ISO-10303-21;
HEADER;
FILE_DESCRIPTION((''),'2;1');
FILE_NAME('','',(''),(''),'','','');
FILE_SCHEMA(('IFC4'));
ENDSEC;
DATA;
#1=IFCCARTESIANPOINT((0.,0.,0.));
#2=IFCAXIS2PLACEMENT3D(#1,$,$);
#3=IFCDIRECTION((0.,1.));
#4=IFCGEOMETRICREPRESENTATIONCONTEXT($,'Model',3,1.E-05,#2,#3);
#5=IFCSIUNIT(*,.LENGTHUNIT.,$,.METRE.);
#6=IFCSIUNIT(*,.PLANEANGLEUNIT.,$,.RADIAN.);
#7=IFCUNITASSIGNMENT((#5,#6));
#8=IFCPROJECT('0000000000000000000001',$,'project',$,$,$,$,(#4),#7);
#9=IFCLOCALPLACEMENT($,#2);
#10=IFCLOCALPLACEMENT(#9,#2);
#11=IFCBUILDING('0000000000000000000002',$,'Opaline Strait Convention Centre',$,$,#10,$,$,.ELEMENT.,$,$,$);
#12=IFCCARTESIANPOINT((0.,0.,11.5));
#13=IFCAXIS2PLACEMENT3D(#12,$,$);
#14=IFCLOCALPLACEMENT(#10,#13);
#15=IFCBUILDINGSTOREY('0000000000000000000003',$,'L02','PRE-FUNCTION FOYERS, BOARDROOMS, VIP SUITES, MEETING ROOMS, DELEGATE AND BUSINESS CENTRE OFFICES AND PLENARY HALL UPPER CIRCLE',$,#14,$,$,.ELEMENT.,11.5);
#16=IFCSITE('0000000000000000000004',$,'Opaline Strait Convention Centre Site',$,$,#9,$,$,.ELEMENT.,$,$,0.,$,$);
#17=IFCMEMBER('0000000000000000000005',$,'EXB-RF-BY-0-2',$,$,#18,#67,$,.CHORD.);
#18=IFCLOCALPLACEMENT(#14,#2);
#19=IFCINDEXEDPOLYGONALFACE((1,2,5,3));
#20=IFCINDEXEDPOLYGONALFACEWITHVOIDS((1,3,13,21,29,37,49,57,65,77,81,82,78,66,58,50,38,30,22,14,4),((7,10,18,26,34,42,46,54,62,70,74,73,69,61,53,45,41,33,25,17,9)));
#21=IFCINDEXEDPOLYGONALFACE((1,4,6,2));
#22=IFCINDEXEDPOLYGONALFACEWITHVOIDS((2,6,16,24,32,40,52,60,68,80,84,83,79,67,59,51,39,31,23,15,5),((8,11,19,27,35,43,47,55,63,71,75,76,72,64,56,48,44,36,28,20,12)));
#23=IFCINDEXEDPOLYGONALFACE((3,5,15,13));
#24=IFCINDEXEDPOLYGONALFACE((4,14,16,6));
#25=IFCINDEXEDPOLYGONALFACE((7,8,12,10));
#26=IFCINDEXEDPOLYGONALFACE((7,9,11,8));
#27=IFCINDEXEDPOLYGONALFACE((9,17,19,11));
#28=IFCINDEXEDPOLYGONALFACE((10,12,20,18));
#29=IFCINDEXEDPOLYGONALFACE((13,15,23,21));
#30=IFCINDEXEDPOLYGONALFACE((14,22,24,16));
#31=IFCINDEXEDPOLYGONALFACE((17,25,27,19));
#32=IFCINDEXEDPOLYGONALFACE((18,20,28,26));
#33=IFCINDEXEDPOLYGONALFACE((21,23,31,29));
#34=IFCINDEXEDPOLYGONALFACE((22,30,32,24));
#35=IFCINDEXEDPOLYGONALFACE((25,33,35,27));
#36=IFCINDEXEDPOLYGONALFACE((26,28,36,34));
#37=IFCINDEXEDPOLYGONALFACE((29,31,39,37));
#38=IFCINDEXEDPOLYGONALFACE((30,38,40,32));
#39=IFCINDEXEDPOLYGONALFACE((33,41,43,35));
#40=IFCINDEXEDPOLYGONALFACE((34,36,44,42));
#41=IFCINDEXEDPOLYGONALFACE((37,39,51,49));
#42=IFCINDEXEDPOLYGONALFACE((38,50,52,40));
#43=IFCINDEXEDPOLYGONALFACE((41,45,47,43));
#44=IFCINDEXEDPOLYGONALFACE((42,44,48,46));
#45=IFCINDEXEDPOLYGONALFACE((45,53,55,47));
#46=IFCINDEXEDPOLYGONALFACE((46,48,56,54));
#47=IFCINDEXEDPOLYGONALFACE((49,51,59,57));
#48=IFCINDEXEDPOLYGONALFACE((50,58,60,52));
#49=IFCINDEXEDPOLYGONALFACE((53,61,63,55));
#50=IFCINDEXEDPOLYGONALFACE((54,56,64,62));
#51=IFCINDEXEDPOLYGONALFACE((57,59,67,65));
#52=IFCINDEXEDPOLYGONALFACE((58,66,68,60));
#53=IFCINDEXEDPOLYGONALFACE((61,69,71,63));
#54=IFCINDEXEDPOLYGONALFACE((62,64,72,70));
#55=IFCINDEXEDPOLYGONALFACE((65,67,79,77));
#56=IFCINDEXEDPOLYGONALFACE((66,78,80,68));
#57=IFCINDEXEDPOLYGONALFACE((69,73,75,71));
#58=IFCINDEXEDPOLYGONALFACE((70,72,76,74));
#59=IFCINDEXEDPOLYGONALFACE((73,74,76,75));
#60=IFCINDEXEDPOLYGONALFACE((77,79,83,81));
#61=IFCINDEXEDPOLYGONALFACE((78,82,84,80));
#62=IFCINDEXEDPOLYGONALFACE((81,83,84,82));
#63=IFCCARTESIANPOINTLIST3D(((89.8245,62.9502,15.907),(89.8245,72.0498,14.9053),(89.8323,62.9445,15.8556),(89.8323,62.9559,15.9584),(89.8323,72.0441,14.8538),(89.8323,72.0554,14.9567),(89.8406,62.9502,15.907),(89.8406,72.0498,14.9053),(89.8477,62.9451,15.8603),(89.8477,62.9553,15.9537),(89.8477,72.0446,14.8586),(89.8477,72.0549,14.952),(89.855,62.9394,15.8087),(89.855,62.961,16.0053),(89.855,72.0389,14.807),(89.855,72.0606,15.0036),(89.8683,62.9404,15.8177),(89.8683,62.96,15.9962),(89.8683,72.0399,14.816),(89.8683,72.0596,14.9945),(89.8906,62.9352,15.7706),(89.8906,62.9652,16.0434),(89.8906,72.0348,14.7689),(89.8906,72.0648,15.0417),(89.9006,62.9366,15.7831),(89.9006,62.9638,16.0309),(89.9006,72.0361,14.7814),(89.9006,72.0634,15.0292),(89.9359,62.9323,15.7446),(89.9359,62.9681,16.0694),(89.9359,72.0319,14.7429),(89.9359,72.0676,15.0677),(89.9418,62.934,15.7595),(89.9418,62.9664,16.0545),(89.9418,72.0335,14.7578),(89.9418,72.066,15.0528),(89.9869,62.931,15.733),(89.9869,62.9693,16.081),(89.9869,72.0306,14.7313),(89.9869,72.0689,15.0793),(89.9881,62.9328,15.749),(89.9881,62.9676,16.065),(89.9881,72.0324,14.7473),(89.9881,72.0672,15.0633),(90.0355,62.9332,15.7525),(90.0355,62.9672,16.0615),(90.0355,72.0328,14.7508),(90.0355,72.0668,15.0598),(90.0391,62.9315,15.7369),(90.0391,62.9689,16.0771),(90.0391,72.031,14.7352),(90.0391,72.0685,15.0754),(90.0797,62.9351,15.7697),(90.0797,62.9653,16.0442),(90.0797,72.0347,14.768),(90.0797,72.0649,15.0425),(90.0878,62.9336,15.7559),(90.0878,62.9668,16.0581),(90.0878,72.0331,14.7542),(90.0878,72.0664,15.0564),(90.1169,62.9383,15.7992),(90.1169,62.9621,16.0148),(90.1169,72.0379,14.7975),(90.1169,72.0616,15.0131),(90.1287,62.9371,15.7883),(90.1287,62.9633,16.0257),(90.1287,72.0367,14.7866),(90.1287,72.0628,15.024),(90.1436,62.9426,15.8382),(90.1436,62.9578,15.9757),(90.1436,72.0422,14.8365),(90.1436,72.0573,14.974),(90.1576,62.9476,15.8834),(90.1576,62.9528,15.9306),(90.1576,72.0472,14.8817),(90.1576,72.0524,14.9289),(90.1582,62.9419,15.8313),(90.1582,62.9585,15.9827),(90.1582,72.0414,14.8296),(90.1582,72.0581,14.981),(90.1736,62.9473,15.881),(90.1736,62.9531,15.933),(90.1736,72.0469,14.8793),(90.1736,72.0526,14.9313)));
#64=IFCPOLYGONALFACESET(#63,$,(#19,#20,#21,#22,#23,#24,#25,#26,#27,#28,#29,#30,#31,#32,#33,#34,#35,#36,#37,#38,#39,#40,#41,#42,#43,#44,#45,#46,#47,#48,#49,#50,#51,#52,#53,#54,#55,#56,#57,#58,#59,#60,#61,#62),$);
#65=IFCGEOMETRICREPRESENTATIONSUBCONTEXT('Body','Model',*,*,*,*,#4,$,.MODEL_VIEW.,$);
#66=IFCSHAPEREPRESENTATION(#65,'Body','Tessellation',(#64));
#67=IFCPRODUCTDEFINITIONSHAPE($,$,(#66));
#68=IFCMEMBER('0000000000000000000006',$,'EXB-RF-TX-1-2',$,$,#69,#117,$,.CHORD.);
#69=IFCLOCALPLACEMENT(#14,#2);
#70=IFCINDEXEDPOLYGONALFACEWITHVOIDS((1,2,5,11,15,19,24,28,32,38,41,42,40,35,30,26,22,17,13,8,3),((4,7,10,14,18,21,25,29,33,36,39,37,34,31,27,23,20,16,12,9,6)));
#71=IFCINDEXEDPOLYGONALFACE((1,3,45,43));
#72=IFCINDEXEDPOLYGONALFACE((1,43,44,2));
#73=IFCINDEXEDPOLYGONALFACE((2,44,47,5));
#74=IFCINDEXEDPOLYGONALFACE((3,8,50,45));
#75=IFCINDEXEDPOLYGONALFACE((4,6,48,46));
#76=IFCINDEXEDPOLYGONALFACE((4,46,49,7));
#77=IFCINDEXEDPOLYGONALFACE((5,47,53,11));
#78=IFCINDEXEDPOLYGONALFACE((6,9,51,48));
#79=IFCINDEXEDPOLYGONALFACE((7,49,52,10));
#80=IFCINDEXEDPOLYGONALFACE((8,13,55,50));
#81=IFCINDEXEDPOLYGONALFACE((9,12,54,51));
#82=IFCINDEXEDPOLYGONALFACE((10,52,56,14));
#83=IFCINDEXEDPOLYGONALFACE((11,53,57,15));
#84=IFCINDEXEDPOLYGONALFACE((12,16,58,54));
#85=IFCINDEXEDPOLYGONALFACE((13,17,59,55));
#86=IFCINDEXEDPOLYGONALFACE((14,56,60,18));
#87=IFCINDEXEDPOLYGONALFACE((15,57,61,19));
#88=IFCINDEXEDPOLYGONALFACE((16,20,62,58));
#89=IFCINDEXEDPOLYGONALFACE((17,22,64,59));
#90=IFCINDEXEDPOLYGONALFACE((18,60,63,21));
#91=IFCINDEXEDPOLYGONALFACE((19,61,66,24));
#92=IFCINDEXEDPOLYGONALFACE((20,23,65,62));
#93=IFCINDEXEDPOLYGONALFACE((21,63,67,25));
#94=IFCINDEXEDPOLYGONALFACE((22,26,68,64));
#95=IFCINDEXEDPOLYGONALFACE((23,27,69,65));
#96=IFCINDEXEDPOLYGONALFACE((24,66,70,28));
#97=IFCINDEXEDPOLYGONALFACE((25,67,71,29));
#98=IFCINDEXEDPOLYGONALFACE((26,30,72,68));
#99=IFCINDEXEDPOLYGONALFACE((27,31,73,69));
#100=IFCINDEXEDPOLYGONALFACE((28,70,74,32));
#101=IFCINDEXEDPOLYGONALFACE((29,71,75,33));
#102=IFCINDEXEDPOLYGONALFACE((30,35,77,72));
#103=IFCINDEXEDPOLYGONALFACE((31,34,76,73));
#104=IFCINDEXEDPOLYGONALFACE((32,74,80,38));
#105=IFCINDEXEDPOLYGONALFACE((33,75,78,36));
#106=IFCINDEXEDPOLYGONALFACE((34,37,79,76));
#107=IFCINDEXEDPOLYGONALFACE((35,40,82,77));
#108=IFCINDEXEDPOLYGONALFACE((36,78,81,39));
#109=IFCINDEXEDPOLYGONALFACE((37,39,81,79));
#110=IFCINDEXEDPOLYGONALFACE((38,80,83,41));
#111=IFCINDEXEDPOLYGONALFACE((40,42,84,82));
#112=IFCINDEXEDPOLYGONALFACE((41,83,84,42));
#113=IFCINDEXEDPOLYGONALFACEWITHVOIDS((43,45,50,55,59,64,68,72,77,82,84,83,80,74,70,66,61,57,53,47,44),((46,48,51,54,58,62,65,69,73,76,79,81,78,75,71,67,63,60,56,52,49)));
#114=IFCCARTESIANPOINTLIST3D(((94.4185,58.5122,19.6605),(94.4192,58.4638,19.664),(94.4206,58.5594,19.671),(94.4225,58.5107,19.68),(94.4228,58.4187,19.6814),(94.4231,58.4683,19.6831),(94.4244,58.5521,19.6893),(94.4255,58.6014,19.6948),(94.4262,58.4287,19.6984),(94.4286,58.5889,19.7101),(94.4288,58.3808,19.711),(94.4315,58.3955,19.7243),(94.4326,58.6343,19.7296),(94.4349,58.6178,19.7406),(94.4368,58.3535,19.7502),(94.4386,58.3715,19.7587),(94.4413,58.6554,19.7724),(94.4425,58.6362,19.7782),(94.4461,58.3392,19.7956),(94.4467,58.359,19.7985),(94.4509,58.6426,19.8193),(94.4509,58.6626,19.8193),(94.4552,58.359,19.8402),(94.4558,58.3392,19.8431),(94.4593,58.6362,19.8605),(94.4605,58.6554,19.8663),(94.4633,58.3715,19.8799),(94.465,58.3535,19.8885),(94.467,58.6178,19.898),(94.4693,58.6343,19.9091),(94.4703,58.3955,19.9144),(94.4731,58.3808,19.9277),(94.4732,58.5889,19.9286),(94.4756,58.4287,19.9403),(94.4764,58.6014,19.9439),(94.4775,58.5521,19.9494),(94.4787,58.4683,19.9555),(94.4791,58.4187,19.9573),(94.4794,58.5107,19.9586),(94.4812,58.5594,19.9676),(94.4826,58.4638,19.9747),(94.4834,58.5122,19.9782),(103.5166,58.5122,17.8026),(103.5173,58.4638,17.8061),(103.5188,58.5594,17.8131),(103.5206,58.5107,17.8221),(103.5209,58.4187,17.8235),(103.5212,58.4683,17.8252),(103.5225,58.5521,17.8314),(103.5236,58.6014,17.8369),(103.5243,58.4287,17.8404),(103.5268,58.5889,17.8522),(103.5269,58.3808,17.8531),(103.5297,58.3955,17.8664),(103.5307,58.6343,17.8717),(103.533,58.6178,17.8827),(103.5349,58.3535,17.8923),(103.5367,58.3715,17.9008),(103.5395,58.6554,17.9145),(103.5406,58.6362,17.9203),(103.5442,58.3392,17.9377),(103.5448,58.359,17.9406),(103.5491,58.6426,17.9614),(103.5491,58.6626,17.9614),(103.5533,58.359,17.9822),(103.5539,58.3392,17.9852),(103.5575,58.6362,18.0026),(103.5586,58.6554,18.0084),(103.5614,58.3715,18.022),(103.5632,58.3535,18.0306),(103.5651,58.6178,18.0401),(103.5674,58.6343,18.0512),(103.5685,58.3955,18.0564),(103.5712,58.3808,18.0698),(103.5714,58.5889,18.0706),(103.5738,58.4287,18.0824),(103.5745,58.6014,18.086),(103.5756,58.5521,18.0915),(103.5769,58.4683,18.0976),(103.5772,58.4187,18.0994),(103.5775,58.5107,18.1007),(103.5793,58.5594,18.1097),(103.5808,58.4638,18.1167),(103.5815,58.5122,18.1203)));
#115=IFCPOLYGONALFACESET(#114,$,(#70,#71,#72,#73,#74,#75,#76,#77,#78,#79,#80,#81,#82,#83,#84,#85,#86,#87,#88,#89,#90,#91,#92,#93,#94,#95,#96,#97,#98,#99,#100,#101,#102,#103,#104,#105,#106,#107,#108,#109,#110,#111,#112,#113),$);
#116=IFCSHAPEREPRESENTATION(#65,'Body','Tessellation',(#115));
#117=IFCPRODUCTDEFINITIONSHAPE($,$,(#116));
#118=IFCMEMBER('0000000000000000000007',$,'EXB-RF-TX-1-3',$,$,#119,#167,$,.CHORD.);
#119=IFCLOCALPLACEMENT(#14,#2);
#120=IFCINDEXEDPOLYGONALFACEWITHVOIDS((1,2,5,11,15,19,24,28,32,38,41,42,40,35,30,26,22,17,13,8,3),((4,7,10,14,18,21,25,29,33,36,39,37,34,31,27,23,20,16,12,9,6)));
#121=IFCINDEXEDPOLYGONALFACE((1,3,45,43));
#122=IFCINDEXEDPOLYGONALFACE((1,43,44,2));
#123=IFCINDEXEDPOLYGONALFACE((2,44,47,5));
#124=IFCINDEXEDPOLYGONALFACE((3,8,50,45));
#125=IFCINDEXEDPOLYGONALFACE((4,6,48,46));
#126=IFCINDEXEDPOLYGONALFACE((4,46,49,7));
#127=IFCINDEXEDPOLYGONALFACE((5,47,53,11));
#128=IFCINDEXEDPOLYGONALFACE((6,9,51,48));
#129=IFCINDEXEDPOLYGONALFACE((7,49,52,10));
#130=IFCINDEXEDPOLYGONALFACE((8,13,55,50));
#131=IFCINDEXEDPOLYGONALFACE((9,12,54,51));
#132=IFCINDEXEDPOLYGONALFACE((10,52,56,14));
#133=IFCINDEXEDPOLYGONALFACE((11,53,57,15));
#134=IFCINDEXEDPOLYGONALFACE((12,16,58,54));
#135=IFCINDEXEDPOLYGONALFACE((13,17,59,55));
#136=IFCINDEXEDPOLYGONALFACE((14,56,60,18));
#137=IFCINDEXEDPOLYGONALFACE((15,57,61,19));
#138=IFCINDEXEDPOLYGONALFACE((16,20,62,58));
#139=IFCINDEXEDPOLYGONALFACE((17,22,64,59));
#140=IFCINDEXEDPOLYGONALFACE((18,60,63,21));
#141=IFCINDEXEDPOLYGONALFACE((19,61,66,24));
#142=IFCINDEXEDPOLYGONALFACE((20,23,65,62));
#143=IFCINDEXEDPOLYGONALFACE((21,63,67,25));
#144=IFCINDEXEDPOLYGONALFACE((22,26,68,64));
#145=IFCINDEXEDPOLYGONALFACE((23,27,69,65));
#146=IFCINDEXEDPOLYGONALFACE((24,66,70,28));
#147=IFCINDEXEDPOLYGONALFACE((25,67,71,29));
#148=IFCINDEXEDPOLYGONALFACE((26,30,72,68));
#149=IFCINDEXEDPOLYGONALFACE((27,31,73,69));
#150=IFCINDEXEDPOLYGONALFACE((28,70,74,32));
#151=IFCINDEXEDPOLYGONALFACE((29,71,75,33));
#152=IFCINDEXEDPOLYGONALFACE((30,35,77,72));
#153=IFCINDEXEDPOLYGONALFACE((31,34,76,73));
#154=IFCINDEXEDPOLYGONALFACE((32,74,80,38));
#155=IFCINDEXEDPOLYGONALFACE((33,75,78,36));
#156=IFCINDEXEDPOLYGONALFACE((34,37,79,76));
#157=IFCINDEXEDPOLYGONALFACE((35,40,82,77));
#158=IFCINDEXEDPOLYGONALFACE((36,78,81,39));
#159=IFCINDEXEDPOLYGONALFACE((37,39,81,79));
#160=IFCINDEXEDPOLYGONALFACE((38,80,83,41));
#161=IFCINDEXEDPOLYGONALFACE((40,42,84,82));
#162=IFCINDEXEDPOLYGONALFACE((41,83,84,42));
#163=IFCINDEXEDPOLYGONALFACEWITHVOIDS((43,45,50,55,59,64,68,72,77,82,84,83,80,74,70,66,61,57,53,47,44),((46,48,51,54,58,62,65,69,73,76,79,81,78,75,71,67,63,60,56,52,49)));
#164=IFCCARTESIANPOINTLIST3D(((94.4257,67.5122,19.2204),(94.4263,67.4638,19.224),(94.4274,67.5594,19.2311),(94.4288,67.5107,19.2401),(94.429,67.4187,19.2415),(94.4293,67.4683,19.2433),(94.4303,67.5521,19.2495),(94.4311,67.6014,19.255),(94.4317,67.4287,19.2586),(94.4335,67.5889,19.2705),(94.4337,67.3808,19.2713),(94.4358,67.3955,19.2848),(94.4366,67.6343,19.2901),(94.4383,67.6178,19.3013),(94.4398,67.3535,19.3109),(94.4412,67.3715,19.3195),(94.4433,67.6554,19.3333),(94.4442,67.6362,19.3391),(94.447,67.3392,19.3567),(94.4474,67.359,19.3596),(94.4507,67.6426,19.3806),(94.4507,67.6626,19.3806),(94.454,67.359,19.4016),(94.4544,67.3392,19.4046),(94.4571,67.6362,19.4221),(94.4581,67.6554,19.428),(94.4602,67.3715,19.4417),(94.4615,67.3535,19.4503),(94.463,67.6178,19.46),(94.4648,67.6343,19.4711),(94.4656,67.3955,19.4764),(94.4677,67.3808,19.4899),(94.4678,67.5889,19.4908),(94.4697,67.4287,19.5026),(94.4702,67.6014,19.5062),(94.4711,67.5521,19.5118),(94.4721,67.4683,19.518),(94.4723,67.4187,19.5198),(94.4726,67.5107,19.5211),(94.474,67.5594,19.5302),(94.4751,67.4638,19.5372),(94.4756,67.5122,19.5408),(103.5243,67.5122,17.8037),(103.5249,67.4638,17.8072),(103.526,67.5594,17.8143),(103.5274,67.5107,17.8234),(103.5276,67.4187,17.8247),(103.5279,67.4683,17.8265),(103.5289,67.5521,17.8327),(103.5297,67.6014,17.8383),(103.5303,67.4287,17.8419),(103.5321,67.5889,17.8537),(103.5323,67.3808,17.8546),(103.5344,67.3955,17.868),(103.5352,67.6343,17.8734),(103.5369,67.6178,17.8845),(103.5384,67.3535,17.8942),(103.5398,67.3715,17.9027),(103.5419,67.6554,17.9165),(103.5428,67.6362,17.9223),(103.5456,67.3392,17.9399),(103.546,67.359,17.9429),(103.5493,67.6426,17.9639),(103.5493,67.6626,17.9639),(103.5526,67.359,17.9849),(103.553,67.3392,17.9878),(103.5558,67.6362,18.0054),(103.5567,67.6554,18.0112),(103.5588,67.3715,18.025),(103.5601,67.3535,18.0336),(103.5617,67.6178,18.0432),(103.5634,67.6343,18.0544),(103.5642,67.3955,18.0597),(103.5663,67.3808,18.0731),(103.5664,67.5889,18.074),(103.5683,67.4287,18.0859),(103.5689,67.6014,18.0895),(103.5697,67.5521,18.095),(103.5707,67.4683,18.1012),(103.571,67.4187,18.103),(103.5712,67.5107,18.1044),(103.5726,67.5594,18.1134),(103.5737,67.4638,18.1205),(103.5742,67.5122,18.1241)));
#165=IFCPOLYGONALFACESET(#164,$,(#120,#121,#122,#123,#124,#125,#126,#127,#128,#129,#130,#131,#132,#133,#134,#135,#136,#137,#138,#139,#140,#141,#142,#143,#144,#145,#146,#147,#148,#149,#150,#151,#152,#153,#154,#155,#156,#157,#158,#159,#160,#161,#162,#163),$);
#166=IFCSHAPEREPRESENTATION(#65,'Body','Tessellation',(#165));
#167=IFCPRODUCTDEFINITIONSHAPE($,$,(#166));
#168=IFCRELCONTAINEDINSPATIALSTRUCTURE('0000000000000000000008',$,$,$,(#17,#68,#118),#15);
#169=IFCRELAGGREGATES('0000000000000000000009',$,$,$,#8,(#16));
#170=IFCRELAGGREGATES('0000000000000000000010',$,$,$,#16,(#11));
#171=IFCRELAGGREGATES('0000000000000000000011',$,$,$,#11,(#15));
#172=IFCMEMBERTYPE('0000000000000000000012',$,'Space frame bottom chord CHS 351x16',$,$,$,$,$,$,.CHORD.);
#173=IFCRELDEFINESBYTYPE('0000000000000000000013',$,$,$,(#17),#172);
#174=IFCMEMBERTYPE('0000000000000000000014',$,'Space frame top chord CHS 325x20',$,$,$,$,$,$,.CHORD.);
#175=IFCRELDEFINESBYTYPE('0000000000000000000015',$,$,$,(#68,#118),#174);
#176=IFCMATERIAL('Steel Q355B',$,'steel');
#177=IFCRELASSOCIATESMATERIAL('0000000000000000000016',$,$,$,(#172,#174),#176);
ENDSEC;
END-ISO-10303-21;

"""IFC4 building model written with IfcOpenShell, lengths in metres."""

from ifc_helpers import new_model, si_unit, direction, frame, origin, origin_2d, place, context, subcontext, project, spatial, hollow_circle, extrude, material, material_profile, profile_set, type_object, element, save


model = new_model("IFC4")

# Units and contexts
model_context = context("Model", 3, precision=1e-05, world=origin(), true_north=direction((0.0, 1.0)))
body_context = subcontext(model_context, "Body", "Model", "MODEL_VIEW")
ifc_project = project(units=[si_unit("LENGTHUNIT", "METRE"), si_unit("PLANEANGLEUNIT", "RADIAN")], contexts=[model_context])

# Site, building, storey
site_placement = place(None, origin())
site = spatial("IfcSite", under=ifc_project, at=site_placement, Name="Opaline Strait Convention Centre Site", CompositionType="ELEMENT", RefElevation=0.0)
building_placement = place(site_placement, origin())
building = spatial("IfcBuilding", under=site, at=building_placement, Name="Opaline Strait Convention Centre", CompositionType="ELEMENT")
storey_placement = place(building_placement, frame((0.0, 0.0, 11.5)))
storey = spatial("IfcBuildingStorey", under=building, at=storey_placement, Name="L02", Description="PRE-FUNCTION FOYERS, BOARDROOMS, VIP SUITES, MEETING ROOMS, DELEGATE AND BUSINESS CENTRE OFFICES AND PLENARY HALL UPPER CIRCLE", CompositionType="ELEMENT", Elevation=11.5)

# Members
ifc_material_1 = material(Name="Steel Q355B", Category="steel")
ifc_material_profile_1 = material_profile(ifc_material_1, hollow_circle(Radius=0.1755, WallThickness=0.0161, at=origin_2d()), Name="CHS 351x16")
ifc_profile_set_1 = profile_set([ifc_material_profile_1], Name="Steel Q355B")
member_type_1 = type_object("IfcMemberType", Name="Space frame bottom chord CHS 351x16", PredefinedType="CHORD", material=ifc_profile_set_1)
member_1_placement = place(storey_placement, frame((90.0, 62.9502, 15.907), z_axis=(0.0, 0.993995, -0.109422), x_axis=(-1.0, 0.0, 0.0)))
element("IfcMember", 1, at=member_1_placement, inside=storey, type_object=member_type_1, Name="EXB-RF-BY-0-2", PredefinedType="CHORD", context=body_context, shape_type="SweptSolid", body=[
    extrude(hollow_circle(Radius=0.1755, WallThickness=0.0161, at=origin_2d()), origin(), (0.0, 0.0, 1.0), 9.1545),
])
ifc_material_profile_2 = material_profile(ifc_material_1, hollow_circle(Radius=0.1626, WallThickness=0.02, at=origin_2d()), Name="CHS 325x20")
ifc_profile_set_2 = profile_set([ifc_material_profile_2], Name="Steel Q355B")
member_type_2 = type_object("IfcMemberType", Name="Space frame top chord CHS 325x20", PredefinedType="CHORD", material=ifc_profile_set_2)
member_2_placement = place(storey_placement, frame((94.4509, 58.5, 19.8193), z_axis=(0.97978, 0.0, -0.200078), x_axis=(0.0, 1.0, 0.0)))
element("IfcMember", 2, at=member_2_placement, inside=storey, type_object=member_type_2, Name="EXB-RF-TX-1-2", PredefinedType="CHORD", context=body_context, shape_type="SweptSolid", body=[
    extrude(hollow_circle(Radius=0.1626, WallThickness=0.02, at=origin_2d()), origin(), (0.0, 0.0, 1.0), 9.2859),
])
member_3_placement = place(storey_placement, frame((94.4507, 67.5, 19.3806), z_axis=(0.988093, 0.0, -0.153856), x_axis=(0.0, 1.0, 0.0)))
element("IfcMember", 3, at=member_3_placement, inside=storey, type_object=member_type_2, Name="EXB-RF-TX-1-3", PredefinedType="CHORD", context=body_context, shape_type="SweptSolid", body=[
    extrude(hollow_circle(Radius=0.1626, WallThickness=0.02, at=origin_2d()), origin(), (0.0, 0.0, 1.0), 9.2083),
])

save(model, "model.ifc")
